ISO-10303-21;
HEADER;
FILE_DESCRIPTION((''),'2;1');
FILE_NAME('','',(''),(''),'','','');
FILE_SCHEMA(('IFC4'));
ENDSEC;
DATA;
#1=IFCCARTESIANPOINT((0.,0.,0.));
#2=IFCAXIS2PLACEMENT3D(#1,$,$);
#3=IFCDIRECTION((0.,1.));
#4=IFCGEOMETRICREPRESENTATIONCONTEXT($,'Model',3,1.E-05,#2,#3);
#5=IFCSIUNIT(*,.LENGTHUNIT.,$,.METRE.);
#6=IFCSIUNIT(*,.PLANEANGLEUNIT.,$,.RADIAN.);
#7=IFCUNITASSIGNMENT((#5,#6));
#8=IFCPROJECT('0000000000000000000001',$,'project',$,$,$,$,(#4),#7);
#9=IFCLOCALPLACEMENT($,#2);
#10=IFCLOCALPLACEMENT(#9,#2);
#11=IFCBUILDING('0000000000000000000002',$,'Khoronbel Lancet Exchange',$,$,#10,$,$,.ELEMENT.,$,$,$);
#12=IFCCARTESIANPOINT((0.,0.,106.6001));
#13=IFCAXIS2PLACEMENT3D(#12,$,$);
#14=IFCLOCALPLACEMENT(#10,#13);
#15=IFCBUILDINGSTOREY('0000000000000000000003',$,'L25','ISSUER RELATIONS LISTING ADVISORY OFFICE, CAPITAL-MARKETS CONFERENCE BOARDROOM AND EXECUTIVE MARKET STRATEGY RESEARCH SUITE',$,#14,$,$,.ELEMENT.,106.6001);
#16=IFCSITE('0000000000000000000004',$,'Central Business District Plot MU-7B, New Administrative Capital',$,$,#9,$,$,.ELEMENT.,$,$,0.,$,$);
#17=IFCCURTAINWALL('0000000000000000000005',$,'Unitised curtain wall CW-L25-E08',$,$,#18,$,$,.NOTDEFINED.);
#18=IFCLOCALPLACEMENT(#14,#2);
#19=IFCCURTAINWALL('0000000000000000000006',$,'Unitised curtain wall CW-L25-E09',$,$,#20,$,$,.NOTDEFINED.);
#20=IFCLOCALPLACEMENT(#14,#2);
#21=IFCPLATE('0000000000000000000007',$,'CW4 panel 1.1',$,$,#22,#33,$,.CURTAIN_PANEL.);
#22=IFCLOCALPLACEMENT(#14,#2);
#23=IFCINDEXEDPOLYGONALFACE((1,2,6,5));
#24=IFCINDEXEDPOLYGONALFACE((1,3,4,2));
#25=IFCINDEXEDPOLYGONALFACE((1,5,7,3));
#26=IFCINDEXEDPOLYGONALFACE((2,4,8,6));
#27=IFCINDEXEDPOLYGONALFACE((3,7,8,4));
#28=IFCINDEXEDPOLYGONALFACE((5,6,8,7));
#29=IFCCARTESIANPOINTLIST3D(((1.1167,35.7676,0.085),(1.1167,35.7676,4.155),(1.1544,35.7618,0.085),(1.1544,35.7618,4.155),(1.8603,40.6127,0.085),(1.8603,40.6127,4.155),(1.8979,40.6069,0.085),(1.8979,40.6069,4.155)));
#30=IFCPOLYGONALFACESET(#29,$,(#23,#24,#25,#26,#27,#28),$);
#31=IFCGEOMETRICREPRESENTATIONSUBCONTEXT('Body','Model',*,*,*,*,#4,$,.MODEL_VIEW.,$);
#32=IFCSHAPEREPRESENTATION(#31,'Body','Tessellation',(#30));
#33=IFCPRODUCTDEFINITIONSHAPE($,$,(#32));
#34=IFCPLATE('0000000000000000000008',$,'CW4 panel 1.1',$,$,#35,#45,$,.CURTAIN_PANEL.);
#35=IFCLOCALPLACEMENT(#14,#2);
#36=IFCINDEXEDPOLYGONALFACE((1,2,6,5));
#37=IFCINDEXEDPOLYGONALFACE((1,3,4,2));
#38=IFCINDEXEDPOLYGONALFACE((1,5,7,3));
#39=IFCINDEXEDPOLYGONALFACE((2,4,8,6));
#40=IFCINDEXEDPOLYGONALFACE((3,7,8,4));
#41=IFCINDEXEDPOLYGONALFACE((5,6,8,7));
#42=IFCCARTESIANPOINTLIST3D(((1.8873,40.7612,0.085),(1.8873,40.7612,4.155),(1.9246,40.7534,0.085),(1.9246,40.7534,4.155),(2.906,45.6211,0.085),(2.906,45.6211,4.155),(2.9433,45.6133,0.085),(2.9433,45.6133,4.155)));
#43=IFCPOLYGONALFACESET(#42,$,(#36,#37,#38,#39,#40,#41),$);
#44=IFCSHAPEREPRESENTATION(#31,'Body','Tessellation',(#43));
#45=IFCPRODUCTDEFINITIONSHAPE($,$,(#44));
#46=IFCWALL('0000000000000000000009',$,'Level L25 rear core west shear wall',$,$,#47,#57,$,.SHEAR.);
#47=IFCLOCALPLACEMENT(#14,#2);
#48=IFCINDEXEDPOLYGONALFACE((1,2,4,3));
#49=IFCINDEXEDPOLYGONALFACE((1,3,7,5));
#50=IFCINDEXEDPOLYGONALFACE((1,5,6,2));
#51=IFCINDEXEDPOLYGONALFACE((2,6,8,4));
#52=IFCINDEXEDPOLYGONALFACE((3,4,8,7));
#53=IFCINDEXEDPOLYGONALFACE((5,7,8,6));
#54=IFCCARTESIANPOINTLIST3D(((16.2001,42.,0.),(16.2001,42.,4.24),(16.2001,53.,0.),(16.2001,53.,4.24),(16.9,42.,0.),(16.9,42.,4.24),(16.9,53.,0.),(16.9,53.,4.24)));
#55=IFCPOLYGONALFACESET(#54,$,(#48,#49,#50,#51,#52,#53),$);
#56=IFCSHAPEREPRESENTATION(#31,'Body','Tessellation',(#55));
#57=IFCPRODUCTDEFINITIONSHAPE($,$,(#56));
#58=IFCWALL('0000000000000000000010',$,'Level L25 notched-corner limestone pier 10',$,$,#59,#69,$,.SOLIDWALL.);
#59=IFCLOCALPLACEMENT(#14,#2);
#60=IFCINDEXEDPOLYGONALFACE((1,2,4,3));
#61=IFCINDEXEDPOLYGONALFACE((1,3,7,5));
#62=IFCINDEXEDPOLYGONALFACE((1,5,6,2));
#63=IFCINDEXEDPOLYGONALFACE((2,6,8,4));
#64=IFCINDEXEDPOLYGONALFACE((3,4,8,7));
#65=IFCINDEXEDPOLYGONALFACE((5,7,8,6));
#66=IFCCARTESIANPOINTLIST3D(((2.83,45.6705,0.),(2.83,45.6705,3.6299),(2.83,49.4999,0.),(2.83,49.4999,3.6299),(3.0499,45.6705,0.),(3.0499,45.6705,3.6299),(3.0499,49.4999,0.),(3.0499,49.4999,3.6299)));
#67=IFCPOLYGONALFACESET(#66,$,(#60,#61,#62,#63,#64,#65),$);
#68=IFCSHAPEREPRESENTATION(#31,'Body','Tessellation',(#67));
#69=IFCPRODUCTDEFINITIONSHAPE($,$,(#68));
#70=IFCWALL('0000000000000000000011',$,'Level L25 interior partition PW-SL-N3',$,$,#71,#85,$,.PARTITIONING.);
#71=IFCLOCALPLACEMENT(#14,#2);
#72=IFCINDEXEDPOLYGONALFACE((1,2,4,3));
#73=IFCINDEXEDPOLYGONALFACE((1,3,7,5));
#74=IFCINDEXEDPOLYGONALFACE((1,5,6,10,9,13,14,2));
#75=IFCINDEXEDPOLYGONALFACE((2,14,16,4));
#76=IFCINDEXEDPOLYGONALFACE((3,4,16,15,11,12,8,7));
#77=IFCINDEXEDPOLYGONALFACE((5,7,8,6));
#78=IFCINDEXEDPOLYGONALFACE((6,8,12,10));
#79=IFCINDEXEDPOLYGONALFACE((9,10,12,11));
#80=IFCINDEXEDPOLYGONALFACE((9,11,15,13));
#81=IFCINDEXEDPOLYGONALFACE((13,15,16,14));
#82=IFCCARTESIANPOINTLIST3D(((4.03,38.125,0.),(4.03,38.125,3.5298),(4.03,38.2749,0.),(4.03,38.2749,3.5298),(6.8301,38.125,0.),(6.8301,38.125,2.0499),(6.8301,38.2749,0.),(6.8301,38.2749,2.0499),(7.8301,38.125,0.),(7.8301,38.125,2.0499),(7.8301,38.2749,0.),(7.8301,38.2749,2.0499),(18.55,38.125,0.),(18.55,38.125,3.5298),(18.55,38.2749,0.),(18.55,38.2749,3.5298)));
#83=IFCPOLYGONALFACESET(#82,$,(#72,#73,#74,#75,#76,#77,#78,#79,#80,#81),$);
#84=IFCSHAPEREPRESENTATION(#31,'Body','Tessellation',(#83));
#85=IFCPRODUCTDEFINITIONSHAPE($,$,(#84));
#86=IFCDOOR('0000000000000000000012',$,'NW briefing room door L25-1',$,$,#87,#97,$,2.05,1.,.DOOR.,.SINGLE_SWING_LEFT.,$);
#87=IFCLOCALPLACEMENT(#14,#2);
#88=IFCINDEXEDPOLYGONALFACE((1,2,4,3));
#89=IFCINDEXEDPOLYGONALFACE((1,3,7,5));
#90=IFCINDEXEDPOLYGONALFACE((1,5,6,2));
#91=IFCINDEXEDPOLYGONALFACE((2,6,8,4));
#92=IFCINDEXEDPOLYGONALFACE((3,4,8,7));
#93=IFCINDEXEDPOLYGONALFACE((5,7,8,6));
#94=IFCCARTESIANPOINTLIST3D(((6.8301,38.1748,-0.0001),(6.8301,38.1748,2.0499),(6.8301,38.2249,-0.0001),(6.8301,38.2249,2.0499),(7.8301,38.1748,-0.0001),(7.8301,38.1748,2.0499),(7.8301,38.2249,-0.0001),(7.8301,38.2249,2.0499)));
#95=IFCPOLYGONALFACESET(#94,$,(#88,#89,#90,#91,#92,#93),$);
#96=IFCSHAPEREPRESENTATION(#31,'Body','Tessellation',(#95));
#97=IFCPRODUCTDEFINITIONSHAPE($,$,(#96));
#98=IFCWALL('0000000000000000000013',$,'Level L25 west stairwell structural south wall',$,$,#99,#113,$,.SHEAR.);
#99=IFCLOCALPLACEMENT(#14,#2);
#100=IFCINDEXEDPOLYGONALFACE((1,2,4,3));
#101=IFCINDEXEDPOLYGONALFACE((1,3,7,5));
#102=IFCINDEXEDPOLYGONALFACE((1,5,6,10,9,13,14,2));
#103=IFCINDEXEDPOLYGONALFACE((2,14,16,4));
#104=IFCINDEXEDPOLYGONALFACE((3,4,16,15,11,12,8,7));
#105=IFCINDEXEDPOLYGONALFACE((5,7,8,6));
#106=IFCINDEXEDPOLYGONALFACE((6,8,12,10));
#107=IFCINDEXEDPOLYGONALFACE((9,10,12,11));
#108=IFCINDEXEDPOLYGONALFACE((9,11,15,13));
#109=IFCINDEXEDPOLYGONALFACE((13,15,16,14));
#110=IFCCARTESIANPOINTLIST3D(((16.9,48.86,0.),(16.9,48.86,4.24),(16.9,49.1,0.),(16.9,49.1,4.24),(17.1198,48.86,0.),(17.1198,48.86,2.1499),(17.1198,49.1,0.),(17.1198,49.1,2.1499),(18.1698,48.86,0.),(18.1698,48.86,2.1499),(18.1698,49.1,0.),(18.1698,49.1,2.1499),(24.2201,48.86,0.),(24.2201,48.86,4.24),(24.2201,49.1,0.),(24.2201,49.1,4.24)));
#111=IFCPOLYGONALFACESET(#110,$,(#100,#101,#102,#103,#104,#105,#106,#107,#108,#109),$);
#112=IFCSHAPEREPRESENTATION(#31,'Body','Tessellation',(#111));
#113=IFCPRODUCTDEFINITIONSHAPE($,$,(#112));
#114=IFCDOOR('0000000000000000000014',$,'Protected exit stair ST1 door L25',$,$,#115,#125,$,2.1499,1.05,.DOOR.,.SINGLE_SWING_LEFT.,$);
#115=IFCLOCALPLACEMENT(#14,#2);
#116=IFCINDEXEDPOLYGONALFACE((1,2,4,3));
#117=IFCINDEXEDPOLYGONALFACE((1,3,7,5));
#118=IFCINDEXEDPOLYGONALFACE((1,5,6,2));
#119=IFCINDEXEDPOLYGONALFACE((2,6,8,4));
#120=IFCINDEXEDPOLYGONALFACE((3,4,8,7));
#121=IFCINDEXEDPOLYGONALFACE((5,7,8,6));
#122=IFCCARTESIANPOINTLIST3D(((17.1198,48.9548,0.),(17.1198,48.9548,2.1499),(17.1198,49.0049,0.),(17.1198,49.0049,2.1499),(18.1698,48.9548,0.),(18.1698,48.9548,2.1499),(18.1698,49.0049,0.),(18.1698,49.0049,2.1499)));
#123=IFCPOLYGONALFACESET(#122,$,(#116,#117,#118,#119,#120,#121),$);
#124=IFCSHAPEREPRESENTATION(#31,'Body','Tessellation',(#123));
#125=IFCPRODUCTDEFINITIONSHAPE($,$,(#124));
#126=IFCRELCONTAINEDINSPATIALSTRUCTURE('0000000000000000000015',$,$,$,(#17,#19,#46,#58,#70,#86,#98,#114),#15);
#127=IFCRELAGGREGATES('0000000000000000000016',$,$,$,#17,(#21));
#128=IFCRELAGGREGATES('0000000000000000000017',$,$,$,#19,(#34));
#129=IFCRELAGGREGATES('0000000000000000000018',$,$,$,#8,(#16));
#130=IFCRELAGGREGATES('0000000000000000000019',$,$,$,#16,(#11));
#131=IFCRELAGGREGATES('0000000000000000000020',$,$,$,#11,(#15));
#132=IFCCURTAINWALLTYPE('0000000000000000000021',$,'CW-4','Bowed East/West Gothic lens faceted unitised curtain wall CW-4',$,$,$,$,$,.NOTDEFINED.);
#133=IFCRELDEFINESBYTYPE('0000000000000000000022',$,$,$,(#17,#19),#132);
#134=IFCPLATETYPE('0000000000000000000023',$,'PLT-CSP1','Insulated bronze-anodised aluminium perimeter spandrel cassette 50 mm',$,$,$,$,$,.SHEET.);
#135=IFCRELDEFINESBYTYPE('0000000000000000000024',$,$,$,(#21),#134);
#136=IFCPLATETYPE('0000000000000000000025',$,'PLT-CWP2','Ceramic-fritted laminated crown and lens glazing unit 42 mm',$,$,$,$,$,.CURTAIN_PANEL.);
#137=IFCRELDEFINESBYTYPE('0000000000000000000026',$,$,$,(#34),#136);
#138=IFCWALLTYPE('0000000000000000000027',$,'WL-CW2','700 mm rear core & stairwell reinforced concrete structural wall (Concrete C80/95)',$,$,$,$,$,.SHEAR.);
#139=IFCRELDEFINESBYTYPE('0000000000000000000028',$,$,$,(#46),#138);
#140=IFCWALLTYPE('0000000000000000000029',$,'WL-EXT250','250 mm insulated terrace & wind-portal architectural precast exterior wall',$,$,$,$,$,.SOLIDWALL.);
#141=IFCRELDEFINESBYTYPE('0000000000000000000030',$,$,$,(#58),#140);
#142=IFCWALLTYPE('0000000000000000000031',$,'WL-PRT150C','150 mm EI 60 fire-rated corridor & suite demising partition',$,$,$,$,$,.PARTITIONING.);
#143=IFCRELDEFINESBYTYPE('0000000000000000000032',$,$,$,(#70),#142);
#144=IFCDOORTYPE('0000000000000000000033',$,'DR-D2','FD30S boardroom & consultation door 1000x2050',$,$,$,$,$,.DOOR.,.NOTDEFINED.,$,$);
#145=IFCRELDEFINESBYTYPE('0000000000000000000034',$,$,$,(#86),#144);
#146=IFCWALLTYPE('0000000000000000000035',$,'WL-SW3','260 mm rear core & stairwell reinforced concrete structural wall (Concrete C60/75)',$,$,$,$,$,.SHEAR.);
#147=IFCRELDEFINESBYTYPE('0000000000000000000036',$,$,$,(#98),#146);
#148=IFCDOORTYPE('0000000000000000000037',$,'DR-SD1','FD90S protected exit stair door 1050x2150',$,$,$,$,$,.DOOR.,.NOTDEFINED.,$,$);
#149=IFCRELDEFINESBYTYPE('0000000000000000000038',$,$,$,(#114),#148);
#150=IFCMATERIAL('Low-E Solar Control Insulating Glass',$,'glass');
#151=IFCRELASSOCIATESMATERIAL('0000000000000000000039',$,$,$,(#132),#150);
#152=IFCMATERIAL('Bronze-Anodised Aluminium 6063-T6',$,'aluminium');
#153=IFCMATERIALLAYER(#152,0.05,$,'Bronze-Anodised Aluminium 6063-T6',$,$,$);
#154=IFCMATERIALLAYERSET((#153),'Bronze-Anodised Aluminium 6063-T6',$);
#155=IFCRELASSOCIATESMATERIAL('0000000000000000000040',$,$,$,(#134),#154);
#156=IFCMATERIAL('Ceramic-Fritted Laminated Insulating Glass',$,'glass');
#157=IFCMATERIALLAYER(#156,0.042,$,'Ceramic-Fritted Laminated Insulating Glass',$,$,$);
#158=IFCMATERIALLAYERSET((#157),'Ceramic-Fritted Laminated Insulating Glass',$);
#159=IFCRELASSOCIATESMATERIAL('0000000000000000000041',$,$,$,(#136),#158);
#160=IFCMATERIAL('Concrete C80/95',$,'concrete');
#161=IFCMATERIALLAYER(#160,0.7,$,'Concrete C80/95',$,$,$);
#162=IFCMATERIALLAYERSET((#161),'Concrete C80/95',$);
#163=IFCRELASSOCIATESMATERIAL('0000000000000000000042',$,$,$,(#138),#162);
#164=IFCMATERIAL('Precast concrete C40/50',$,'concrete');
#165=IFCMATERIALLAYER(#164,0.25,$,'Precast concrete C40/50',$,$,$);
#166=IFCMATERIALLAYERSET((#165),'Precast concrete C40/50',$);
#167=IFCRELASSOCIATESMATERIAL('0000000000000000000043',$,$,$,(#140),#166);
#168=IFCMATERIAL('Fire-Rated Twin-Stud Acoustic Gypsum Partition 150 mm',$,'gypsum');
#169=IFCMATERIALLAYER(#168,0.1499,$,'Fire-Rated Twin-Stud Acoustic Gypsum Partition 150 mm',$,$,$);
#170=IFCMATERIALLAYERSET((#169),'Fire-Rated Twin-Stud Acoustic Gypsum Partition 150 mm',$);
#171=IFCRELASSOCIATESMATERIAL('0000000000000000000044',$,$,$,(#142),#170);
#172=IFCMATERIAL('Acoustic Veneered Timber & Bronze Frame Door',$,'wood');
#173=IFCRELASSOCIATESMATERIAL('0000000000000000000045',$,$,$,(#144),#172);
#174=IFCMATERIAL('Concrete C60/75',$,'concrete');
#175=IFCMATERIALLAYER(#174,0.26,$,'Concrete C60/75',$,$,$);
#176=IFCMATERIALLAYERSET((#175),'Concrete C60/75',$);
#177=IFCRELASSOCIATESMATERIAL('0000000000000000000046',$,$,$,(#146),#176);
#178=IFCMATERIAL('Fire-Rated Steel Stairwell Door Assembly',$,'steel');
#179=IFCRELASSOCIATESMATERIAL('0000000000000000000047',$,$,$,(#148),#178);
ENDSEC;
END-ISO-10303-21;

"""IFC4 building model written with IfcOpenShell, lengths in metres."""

from ifc_helpers import new_model, si_unit, direction, frame, frame_2d, origin, origin_2d, place, context, subcontext, project, spatial, rectangle, extrude, material, layer, layer_set, type_object, element, fill, aggregate, save


model = new_model("IFC4")

# Units and contexts
model_context = context("Model", 3, precision=1e-05, world=origin(), true_north=direction((0.0, 1.0)))
body_context = subcontext(model_context, "Body", "Model", "MODEL_VIEW")
ifc_project = project(units=[si_unit("LENGTHUNIT", "METRE"), si_unit("PLANEANGLEUNIT", "RADIAN")], contexts=[model_context])

# Site, building, storey
site_placement = place(None, origin())
site = spatial("IfcSite", under=ifc_project, at=site_placement, Name="Central Business District Plot MU-7B, New Administrative Capital", CompositionType="ELEMENT", RefElevation=0.0)
building_placement = place(site_placement, origin())
building = spatial("IfcBuilding", under=site, at=building_placement, Name="Khoronbel Lancet Exchange", CompositionType="ELEMENT")
storey_placement = place(building_placement, frame((0.0, 0.0, 106.6001)))
storey = spatial("IfcBuildingStorey", under=building, at=storey_placement, Name="L25", Description="ISSUER RELATIONS LISTING ADVISORY OFFICE, CAPITAL-MARKETS CONFERENCE BOARDROOM AND EXECUTIVE MARKET STRATEGY RESEARCH SUITE", CompositionType="ELEMENT", Elevation=106.6001)

# Curtain walls
ifc_material_1 = material(Name="Low-E Solar Control Insulating Glass", Category="glass")
curtain_wall_type = type_object("IfcCurtainWallType", Name="CW-4", Description="Bowed East/West Gothic lens faceted unitised curtain wall CW-4", PredefinedType="NOTDEFINED", material=ifc_material_1)
curtain_wall_1_placement = place(storey_placement, origin())
curtain_wall_1 = element("IfcCurtainWall", 1, at=curtain_wall_1_placement, inside=storey, type_object=curtain_wall_type, Name="Unitised curtain wall CW-L25-E08", PredefinedType="NOTDEFINED")
ifc_material_2 = material(Name="Bronze-Anodised Aluminium 6063-T6", Category="aluminium")
curtain_wall_2_placement = place(storey_placement, origin())
curtain_wall_2 = element("IfcCurtainWall", 2, at=curtain_wall_2_placement, inside=storey, type_object=curtain_wall_type, Name="Unitised curtain wall CW-L25-E09", PredefinedType="NOTDEFINED")

# Plates
ifc_layer_1 = layer(ifc_material_2, 0.05, Name="Bronze-Anodised Aluminium 6063-T6")
ifc_layer_set_1 = layer_set([ifc_layer_1], Name="Bronze-Anodised Aluminium 6063-T6")
plate_type_1 = type_object("IfcPlateType", Name="PLT-CSP1", Description="Insulated bronze-anodised aluminium perimeter spandrel cassette 50 mm", PredefinedType="SHEET", material=ifc_layer_set_1)
plate_1_placement = place(storey_placement, frame((1.5073, 38.1873, 0.085), z_axis=(0.0, 0.0, 1.0), x_axis=(0.15169, 0.988428, 0.0)))
plate_1 = element("IfcPlate", 3, at=plate_1_placement, type_object=plate_type_1, Name="CW4 panel 1.1", PredefinedType="CURTAIN_PANEL", context=body_context, shape_type="SweptSolid", body=[
    extrude(rectangle(XDim=4.9019, YDim=0.0381, at=origin_2d()), origin(), (0.0, 0.0, 1.0), 4.0701),
])
aggregate(curtain_wall_1, [plate_1])
ifc_material_3 = material(Name="Ceramic-Fritted Laminated Insulating Glass", Category="glass")
ifc_layer_2 = layer(ifc_material_3, 0.042, Name="Ceramic-Fritted Laminated Insulating Glass")
ifc_layer_set_2 = layer_set([ifc_layer_2], Name="Ceramic-Fritted Laminated Insulating Glass")
plate_type_2 = type_object("IfcPlateType", Name="PLT-CWP2", Description="Ceramic-fritted laminated crown and lens glazing unit 42 mm", PredefinedType="CURTAIN_PANEL", material=ifc_layer_set_2)
plate_2_placement = place(storey_placement, frame((2.4153, 43.1873, 0.085), z_axis=(0.0, 0.0, 1.0), x_axis=(0.205156, 0.978729, 0.0)))
plate_2 = element("IfcPlate", 4, at=plate_2_placement, type_object=plate_type_2, Name="CW4 panel 1.1", PredefinedType="CURTAIN_PANEL", context=body_context, shape_type="SweptSolid", body=[
    extrude(rectangle(XDim=4.9656, YDim=0.0381, at=origin_2d()), origin(), (0.0, 0.0, 1.0), 4.0701),
])
aggregate(curtain_wall_2, [plate_2])

# Walls
ifc_material_4 = material(Name="Concrete C80/95", Category="concrete")
ifc_layer_3 = layer(ifc_material_4, 0.7, Name="Concrete C80/95")
ifc_layer_set_3 = layer_set([ifc_layer_3], Name="Concrete C80/95")
wall_type_1 = type_object("IfcWallType", Name="WL-CW2", Description="700 mm rear core & stairwell reinforced concrete structural wall (Concrete C80/95)", PredefinedType="SHEAR", material=ifc_layer_set_3)
wall_1_placement = place(storey_placement, frame((16.55, 42.0, 0.0), z_axis=(0.0, 0.0, 1.0), x_axis=(0.0, 1.0, 0.0)))
element("IfcWall", 5, at=wall_1_placement, inside=storey, type_object=wall_type_1, Name="Level L25 rear core west shear wall", PredefinedType="SHEAR", context=body_context, shape_type="SweptSolid", body=[
    extrude(rectangle(XDim=11.0, YDim=0.7, at=frame_2d((5.5, 0.0))), origin(), (0.0, 0.0, 1.0), 4.24),
])
ifc_material_5 = material(Name="Precast concrete C40/50", Category="concrete")
ifc_layer_4 = layer(ifc_material_5, 0.25, Name="Precast concrete C40/50")
ifc_layer_set_4 = layer_set([ifc_layer_4], Name="Precast concrete C40/50")
wall_type_2 = type_object("IfcWallType", Name="WL-EXT250", Description="250 mm insulated terrace & wind-portal architectural precast exterior wall", PredefinedType="SOLIDWALL", material=ifc_layer_set_4)
wall_2_placement = place(storey_placement, frame((2.9399, 45.6707, 0.0), z_axis=(0.0, 0.0, 1.0), x_axis=(0.0, 1.0, 0.0)))
element("IfcWall", 6, at=wall_2_placement, inside=storey, type_object=wall_type_2, Name="Level L25 notched-corner limestone pier 10", PredefinedType="SOLIDWALL", context=body_context, shape_type="SweptSolid", body=[
    extrude(rectangle(XDim=3.8293, YDim=0.22, at=frame_2d((1.9146, 0.0))), origin(), (0.0, 0.0, 1.0), 3.6299),
])

# Walls, openings, doors
ifc_material_6 = material(Name="Fire-Rated Twin-Stud Acoustic Gypsum Partition 150 mm", Category="gypsum")
ifc_layer_5 = layer(ifc_material_6, 0.1499, Name="Fire-Rated Twin-Stud Acoustic Gypsum Partition 150 mm")
ifc_layer_set_5 = layer_set([ifc_layer_5], Name="Fire-Rated Twin-Stud Acoustic Gypsum Partition 150 mm")
wall_type_3 = type_object("IfcWallType", Name="WL-PRT150C", Description="150 mm EI 60 fire-rated corridor & suite demising partition", PredefinedType="PARTITIONING", material=ifc_layer_set_5)
wall_3_placement = place(storey_placement, frame((4.03, 38.2, 0.0), z_axis=(0.0, 0.0, 1.0), x_axis=(1.0, 0.0, 0.0)))
wall_3 = element("IfcWall", 7, at=wall_3_placement, inside=storey, type_object=wall_type_3, Name="Level L25 interior partition PW-SL-N3", PredefinedType="PARTITIONING", context=body_context, shape_type="SweptSolid", body=[
    extrude(rectangle(XDim=14.52, YDim=0.1499, at=frame_2d((7.26, 0.0))), origin(), (0.0, 0.0, 1.0), 3.5298),
])
opening_1_placement = place(wall_3_placement, frame((2.8, 0.0, 0.0)))
opening_1 = element("IfcOpeningElement", 8, at=opening_1_placement, cuts=wall_3, PredefinedType="OPENING", context=body_context, shape_type="SweptSolid", body=[
    extrude(rectangle(XDim=1.0, YDim=2.05, at=frame_2d((0.5, 1.0249))), frame((0.0, 0.085, 0.0), z_axis=(0.0, -1.0, 0.0), x_axis=(1.0, 0.0, 0.0)), (0.0, 0.0, 1.0), 0.1699),
])
ifc_material_7 = material(Name="Acoustic Veneered Timber & Bronze Frame Door", Category="wood")
door_type_1 = type_object("IfcDoorType", Name="DR-D2", Description="FD30S boardroom & consultation door 1000x2050", OperationType="NOTDEFINED", PredefinedType="DOOR", material=ifc_material_7)
door_1_placement = place(opening_1_placement, origin())
door_1 = element("IfcDoor", 9, at=door_1_placement, inside=storey, type_object=door_type_1, Name="NW briefing room door L25-1", OperationType="SINGLE_SWING_LEFT", OverallHeight=2.05, OverallWidth=1.0, PredefinedType="DOOR", context=body_context, shape_type="SweptSolid", body=[
    extrude(rectangle(XDim=1.0, YDim=2.05, at=frame_2d((0.5, 1.0249))), frame((0.0, 0.0249, 0.0), z_axis=(0.0, -1.0, 0.0), x_axis=(1.0, 0.0, 0.0)), (0.0, 0.0, 1.0), 0.05),
])
fill(opening_1, door_1)
ifc_material_8 = material(Name="Concrete C60/75", Category="concrete")
ifc_layer_6 = layer(ifc_material_8, 0.26, Name="Concrete C60/75")
ifc_layer_set_6 = layer_set([ifc_layer_6], Name="Concrete C60/75")
wall_type_4 = type_object("IfcWallType", Name="WL-SW3", Description="260 mm rear core & stairwell reinforced concrete structural wall (Concrete C60/75)", PredefinedType="SHEAR", material=ifc_layer_set_6)
wall_4_placement = place(storey_placement, frame((16.8999, 48.98, 0.0), z_axis=(0.0, 0.0, 1.0), x_axis=(1.0, 0.0, 0.0)))
wall_4 = element("IfcWall", 10, at=wall_4_placement, inside=storey, type_object=wall_type_4, Name="Level L25 west stairwell structural south wall", PredefinedType="SHEAR", context=body_context, shape_type="SweptSolid", body=[
    extrude(rectangle(XDim=7.3201, YDim=0.24, at=frame_2d((3.6602, 0.0))), origin(), (0.0, 0.0, 1.0), 4.24),
])
opening_2_placement = place(wall_4_placement, frame((0.22, 0.0, 0.0)))
opening_2 = element("IfcOpeningElement", 11, at=opening_2_placement, cuts=wall_4, PredefinedType="OPENING", context=body_context, shape_type="SweptSolid", body=[
    extrude(rectangle(XDim=1.05, YDim=2.1499, at=frame_2d((0.5249, 1.075))), frame((0.0, 0.1299, 0.0), z_axis=(0.0, -1.0, 0.0), x_axis=(1.0, 0.0, 0.0)), (0.0, 0.0, 1.0), 0.26),
])
ifc_material_9 = material(Name="Fire-Rated Steel Stairwell Door Assembly", Category="steel")
door_type_2 = type_object("IfcDoorType", Name="DR-SD1", Description="FD90S protected exit stair door 1050x2150", OperationType="NOTDEFINED", PredefinedType="DOOR", material=ifc_material_9)
door_2_placement = place(opening_2_placement, origin())
door_2 = element("IfcDoor", 12, at=door_2_placement, inside=storey, type_object=door_type_2, Name="Protected exit stair ST1 door L25", OperationType="SINGLE_SWING_LEFT", OverallHeight=2.1499, OverallWidth=1.05, PredefinedType="DOOR", context=body_context, shape_type="SweptSolid", body=[
    extrude(rectangle(XDim=1.05, YDim=2.1499, at=frame_2d((0.5249, 1.075))), frame((0.0, 0.0249, 0.0), z_axis=(0.0, -1.0, 0.0), x_axis=(1.0, 0.0, 0.0)), (0.0, 0.0, 1.0), 0.05),
])
fill(opening_2, door_2)

save(model, "model.ifc")
